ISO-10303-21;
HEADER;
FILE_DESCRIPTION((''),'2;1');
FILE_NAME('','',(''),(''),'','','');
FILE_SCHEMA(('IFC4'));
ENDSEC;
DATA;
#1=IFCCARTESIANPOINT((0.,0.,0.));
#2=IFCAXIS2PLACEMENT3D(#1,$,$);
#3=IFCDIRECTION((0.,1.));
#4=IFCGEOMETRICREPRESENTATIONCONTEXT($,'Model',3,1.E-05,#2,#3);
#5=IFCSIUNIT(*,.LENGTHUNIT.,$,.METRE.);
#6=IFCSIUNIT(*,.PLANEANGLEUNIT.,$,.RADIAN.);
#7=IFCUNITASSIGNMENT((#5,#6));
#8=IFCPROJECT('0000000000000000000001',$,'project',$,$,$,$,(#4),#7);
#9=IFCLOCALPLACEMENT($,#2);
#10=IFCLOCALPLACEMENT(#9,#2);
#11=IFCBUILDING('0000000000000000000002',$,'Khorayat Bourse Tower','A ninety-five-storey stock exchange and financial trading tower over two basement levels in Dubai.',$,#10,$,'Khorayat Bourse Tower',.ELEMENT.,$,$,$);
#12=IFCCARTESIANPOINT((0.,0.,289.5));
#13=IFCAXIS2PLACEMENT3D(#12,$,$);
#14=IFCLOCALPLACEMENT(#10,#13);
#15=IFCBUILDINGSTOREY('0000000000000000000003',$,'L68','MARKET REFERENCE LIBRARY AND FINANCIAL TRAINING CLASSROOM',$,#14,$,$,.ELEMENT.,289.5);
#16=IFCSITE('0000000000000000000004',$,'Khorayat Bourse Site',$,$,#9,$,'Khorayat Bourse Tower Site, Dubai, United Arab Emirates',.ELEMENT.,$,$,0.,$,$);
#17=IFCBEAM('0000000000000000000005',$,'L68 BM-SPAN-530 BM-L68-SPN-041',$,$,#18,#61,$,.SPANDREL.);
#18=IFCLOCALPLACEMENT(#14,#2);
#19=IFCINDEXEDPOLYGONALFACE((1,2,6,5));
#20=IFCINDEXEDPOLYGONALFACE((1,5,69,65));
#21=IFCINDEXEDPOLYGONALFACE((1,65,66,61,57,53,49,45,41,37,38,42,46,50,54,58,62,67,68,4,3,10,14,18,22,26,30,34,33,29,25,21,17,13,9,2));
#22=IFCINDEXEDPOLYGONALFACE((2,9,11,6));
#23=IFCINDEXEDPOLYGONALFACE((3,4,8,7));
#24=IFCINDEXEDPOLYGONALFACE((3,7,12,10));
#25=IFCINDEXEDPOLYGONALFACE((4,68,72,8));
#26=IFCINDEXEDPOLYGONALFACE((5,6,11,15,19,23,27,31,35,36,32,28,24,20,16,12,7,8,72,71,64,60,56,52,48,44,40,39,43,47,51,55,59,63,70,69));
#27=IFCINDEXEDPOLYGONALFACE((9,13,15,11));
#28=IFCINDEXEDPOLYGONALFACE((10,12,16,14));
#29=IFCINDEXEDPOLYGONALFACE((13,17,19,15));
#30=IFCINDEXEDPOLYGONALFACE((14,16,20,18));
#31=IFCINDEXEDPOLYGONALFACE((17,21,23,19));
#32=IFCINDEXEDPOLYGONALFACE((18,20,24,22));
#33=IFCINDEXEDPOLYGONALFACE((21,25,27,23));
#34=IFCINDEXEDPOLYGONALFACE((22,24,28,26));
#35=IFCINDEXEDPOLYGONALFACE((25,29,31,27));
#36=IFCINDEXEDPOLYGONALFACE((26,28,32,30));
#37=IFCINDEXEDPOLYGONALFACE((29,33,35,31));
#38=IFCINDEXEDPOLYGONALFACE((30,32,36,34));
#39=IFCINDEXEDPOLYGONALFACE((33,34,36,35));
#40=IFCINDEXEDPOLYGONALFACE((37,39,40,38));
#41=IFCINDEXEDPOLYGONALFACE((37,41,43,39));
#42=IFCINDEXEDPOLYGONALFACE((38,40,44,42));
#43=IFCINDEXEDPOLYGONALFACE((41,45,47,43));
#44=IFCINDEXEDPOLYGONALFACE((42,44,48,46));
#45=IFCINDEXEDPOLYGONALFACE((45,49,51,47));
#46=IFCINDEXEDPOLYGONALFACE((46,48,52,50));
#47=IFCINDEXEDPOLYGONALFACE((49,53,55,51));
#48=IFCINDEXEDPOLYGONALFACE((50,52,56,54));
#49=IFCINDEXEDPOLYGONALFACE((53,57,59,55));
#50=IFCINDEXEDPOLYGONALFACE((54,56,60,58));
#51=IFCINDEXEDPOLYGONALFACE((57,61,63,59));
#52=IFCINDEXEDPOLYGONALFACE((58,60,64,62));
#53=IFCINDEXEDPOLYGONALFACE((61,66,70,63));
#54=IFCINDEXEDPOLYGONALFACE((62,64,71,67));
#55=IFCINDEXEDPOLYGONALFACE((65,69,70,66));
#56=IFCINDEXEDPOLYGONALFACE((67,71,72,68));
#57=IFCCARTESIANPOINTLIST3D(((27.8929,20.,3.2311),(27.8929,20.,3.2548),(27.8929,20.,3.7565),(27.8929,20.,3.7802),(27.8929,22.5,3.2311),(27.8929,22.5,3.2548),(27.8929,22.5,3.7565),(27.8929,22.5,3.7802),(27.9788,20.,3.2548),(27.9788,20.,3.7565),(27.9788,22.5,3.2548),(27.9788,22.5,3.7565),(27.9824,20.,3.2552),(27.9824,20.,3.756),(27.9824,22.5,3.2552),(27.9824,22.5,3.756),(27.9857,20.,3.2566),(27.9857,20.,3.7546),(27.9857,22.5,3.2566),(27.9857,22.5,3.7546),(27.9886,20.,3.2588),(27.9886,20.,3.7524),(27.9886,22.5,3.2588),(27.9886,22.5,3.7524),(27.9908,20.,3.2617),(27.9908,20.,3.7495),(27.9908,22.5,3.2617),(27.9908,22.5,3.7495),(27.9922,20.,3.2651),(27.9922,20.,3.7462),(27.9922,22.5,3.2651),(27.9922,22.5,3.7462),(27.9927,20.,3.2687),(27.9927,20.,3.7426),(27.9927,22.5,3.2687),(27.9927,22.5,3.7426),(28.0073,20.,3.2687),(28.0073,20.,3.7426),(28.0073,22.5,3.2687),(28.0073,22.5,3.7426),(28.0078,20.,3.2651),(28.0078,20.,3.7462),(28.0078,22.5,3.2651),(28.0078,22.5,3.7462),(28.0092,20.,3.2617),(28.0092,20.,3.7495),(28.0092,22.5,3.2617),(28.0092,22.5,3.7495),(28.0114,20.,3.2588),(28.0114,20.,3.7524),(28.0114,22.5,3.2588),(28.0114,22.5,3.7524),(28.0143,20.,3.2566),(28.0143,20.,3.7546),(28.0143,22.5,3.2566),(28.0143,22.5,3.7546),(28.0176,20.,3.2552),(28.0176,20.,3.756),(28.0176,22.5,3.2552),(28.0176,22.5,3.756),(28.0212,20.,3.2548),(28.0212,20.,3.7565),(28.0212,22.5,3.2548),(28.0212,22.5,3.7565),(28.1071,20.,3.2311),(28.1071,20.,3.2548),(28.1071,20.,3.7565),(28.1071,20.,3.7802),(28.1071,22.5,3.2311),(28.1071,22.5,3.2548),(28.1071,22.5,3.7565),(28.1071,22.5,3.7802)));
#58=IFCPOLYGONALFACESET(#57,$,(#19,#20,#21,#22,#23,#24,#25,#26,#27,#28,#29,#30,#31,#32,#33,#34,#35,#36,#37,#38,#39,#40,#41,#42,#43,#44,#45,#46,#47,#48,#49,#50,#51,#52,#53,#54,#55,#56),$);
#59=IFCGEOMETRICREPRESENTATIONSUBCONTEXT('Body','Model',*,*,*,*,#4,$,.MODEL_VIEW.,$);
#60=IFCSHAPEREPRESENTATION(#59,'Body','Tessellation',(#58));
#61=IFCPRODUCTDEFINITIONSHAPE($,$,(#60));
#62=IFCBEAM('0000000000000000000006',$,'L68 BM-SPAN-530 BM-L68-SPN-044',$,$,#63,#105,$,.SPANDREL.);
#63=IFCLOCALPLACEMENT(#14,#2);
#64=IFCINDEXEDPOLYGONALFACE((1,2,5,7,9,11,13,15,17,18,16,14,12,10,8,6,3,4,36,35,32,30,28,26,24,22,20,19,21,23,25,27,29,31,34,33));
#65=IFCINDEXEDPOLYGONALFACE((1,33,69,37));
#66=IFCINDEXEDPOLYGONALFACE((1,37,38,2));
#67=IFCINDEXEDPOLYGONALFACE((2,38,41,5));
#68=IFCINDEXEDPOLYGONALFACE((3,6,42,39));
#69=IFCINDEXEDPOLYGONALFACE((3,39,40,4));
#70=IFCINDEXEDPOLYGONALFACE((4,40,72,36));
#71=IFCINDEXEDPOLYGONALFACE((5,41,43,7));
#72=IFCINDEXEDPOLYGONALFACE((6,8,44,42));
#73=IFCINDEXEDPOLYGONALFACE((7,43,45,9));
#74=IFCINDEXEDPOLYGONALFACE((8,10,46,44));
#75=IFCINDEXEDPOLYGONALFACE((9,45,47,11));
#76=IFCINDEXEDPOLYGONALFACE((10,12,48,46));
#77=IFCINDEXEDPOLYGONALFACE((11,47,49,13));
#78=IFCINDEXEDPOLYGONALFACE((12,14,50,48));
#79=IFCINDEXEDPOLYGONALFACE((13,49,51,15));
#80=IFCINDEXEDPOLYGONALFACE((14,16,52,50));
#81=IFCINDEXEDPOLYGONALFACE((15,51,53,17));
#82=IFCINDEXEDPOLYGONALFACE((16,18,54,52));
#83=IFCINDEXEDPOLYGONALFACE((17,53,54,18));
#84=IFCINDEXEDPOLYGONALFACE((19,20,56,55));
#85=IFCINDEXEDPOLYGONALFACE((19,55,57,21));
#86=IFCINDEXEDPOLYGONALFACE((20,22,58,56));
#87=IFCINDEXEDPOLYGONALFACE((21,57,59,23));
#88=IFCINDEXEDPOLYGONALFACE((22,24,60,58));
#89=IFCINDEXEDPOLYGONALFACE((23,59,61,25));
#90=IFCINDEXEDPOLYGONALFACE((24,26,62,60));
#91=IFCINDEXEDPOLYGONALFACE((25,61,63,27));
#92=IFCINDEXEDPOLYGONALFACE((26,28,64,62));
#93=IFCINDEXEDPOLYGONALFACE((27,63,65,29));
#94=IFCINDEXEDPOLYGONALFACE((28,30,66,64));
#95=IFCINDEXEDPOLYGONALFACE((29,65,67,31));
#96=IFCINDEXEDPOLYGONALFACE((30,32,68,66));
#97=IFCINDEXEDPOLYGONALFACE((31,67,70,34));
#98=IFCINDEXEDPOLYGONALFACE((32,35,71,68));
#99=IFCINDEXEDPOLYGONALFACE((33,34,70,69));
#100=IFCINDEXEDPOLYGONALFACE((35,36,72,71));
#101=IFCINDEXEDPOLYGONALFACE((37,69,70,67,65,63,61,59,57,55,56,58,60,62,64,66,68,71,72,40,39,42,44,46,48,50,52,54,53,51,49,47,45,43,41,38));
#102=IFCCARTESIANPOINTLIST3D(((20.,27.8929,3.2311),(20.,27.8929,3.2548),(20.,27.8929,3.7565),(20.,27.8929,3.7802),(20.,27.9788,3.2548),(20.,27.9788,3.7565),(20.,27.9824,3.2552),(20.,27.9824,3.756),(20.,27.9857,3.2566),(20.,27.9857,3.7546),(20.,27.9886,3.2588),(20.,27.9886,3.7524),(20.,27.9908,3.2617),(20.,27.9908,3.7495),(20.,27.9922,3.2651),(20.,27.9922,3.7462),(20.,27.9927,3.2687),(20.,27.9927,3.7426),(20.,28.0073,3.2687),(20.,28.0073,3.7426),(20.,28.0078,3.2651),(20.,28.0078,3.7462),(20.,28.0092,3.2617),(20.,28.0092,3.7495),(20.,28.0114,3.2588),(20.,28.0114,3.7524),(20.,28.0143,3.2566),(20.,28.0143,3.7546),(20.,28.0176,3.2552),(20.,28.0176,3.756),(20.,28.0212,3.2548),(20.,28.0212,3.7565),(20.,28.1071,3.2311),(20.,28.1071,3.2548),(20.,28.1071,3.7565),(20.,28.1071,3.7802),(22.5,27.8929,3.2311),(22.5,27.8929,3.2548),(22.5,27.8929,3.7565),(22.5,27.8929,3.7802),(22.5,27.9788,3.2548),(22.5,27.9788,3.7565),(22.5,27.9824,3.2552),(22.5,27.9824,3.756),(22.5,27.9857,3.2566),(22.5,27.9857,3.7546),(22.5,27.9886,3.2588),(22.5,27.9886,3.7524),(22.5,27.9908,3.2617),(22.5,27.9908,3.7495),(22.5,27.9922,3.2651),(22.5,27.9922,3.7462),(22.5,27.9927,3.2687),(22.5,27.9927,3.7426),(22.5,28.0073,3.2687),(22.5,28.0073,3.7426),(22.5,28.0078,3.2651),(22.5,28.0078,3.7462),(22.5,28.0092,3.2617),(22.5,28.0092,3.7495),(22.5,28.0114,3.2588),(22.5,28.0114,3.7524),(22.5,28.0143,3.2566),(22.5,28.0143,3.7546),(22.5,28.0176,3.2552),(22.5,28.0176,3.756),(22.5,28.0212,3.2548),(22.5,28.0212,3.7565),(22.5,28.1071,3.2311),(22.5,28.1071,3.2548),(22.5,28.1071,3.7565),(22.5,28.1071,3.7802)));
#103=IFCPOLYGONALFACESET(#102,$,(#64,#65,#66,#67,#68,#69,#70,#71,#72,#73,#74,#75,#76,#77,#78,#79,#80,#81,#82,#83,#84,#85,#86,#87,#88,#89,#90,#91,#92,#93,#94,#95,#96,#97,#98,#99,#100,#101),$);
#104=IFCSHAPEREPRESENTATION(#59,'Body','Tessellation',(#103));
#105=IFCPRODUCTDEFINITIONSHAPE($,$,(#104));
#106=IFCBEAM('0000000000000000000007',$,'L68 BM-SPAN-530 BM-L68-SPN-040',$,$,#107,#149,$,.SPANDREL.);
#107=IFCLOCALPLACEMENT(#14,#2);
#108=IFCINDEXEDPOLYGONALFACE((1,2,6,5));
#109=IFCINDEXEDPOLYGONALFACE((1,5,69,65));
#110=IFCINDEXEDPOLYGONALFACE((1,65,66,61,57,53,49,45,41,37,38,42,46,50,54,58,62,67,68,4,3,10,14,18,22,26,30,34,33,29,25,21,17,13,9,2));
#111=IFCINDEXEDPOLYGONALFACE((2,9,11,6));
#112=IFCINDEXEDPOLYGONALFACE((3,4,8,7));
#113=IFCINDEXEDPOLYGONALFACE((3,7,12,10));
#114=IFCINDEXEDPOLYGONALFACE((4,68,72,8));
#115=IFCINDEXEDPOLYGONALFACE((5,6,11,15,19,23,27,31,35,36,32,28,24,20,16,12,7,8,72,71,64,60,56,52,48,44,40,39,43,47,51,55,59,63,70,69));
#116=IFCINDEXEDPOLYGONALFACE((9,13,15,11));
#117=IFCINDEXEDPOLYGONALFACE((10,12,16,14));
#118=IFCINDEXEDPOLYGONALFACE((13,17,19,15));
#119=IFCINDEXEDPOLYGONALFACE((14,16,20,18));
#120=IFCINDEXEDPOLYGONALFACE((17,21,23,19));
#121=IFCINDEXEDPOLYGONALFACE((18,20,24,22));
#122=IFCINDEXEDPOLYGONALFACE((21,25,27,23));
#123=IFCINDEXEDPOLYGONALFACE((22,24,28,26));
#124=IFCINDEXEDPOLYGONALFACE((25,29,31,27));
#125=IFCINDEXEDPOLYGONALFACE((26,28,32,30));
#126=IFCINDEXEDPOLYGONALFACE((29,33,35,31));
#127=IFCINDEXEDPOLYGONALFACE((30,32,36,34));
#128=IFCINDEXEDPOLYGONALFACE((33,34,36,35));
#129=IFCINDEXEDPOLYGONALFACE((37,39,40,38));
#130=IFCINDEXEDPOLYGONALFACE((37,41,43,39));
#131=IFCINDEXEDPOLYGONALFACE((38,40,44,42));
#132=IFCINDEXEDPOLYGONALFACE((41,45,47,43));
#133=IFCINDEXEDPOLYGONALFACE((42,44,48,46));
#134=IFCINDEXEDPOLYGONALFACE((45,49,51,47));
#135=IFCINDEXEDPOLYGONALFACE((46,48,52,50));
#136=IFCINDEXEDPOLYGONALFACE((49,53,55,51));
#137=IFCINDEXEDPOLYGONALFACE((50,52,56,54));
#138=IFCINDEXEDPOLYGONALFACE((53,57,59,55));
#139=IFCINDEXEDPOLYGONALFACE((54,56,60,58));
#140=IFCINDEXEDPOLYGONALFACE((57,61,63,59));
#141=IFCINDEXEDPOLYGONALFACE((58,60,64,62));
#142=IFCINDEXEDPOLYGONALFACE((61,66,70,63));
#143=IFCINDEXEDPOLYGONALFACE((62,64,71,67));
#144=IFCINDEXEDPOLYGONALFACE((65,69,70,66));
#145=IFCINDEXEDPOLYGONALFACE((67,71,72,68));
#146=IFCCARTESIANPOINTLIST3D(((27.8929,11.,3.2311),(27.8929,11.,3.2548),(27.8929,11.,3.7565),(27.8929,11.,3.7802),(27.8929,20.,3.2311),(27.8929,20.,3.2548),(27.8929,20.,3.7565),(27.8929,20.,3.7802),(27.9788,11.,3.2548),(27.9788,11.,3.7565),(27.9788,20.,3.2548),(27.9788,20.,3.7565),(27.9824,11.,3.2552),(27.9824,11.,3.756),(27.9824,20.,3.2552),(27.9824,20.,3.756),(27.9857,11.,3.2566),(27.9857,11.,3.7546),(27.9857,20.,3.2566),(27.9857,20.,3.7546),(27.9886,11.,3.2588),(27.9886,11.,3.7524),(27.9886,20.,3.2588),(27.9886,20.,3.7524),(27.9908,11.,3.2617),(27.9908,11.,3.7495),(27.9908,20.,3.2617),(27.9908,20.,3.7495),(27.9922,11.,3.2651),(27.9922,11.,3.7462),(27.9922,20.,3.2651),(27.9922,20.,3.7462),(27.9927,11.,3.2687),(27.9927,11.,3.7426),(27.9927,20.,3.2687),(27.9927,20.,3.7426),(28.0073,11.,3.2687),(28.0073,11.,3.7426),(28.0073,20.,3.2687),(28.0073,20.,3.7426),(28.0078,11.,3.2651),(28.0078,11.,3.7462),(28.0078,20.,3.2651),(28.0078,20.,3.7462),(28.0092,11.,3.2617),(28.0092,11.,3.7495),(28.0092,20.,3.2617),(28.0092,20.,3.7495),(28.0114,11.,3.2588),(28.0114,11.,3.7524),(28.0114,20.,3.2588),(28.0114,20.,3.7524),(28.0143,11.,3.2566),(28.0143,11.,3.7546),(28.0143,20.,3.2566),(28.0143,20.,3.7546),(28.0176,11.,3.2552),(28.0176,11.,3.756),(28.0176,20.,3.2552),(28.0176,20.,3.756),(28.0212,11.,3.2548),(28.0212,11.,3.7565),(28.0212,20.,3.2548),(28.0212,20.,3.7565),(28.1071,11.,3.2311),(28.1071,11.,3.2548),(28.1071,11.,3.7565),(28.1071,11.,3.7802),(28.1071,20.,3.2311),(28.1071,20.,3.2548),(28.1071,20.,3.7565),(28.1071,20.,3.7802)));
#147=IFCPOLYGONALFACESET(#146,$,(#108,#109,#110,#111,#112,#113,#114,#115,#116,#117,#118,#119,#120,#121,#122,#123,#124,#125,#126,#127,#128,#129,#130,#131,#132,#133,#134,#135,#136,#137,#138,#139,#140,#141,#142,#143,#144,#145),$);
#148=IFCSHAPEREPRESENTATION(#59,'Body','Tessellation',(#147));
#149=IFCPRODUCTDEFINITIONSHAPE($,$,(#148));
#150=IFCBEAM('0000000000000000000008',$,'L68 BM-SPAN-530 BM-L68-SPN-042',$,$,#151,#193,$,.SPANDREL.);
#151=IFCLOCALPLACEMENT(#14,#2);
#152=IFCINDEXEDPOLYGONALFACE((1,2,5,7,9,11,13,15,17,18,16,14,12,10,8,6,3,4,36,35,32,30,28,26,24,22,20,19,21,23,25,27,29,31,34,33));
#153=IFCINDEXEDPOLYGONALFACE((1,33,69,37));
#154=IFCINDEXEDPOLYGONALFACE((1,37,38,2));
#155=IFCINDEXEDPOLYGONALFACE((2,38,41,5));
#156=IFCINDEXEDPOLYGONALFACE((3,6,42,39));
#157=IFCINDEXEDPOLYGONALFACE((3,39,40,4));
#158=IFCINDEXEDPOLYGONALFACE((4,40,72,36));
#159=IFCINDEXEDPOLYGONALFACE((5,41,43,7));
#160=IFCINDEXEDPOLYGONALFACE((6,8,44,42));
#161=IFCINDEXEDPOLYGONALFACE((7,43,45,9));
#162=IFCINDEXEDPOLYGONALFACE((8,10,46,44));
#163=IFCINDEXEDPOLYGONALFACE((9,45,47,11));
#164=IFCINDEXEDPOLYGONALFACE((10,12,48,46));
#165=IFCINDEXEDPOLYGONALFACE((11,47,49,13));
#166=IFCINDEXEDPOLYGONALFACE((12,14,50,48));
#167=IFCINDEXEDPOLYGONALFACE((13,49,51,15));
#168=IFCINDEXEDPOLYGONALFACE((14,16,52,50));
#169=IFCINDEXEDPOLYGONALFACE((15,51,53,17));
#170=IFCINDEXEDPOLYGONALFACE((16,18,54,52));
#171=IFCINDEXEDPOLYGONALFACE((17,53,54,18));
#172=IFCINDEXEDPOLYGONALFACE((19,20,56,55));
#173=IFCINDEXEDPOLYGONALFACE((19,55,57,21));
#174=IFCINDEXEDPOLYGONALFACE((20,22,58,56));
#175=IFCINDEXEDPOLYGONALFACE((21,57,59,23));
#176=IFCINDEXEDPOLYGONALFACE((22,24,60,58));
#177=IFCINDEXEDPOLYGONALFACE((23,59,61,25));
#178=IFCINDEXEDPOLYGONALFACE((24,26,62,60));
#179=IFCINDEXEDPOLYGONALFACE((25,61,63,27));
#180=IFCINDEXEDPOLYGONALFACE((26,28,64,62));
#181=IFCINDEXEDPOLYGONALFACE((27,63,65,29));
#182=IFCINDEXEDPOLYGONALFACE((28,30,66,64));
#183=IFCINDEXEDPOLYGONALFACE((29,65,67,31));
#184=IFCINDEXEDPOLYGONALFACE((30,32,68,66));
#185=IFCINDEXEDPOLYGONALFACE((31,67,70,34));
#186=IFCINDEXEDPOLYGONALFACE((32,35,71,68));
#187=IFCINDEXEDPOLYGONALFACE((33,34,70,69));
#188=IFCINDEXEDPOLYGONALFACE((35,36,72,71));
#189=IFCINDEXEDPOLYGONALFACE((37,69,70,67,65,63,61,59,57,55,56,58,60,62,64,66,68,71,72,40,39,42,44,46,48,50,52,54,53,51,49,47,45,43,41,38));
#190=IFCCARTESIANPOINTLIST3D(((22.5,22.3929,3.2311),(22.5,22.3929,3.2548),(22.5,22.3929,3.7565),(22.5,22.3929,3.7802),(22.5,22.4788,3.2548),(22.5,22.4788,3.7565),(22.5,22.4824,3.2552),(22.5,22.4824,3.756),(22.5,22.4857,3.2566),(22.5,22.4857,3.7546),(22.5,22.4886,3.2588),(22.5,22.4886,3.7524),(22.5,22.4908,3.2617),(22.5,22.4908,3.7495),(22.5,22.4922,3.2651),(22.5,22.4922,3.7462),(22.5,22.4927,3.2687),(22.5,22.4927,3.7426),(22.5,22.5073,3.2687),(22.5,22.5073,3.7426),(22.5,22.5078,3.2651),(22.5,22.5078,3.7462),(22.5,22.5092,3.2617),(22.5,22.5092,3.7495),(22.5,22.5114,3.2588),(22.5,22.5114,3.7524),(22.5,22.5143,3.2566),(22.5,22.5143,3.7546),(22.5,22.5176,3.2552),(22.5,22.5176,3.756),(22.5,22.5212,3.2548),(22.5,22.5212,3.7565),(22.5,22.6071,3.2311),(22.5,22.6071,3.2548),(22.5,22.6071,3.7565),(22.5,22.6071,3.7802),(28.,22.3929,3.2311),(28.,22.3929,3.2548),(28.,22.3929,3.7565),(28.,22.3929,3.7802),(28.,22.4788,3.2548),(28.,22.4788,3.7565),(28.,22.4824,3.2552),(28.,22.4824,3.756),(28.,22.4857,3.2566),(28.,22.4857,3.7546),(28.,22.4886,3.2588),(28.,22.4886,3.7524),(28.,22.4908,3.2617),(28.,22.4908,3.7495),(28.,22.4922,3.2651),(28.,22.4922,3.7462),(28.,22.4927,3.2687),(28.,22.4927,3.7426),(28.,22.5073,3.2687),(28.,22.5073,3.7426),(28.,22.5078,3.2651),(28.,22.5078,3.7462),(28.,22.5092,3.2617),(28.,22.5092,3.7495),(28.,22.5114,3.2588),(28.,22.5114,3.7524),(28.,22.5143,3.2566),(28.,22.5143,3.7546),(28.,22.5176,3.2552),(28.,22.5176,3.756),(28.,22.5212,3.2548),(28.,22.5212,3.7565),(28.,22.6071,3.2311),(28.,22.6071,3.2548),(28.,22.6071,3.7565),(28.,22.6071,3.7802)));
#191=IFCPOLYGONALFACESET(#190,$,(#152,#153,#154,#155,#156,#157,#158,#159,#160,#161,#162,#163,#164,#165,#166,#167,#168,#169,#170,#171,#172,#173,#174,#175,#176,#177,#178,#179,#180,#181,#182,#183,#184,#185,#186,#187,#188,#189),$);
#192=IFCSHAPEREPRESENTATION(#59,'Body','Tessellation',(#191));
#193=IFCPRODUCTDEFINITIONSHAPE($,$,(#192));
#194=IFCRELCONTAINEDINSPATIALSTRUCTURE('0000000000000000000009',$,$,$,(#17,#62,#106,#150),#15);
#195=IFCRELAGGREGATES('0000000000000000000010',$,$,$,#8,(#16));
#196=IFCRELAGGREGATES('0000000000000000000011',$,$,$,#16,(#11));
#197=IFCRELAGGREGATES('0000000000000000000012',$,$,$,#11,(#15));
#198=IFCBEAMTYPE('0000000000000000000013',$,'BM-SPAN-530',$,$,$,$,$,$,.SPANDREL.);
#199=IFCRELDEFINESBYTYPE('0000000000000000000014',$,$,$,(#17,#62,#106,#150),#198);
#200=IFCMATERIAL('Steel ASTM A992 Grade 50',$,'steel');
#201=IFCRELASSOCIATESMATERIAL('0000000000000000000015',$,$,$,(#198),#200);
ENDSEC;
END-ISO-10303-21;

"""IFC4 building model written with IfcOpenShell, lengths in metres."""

from ifc_helpers import new_model, si_unit, direction, frame, origin, origin_2d, place, context, subcontext, project, spatial, i_section, extrude, source, transform, mapped, material, material_profile, profile_set, type_object, element, save


model = new_model("IFC4")

# Units and contexts
model_context = context("Model", 3, precision=1e-05, world=origin(), true_north=direction((0.0, 1.0)))
body_context = subcontext(model_context, "Body", "Model", "MODEL_VIEW")
ifc_project = project(units=[si_unit("LENGTHUNIT", "METRE"), si_unit("PLANEANGLEUNIT", "RADIAN")], contexts=[model_context])

# Site, building, storey
site_placement = place(None, origin())
site = spatial("IfcSite", under=ifc_project, at=site_placement, Name="Khorayat Bourse Site", LongName="Khorayat Bourse Tower Site, Dubai, United Arab Emirates", CompositionType="ELEMENT", RefElevation=0.0)
building_placement = place(site_placement, origin())
building = spatial("IfcBuilding", under=site, at=building_placement, Name="Khorayat Bourse Tower", Description="A ninety-five-storey stock exchange and financial trading tower over two basement levels in Dubai.", LongName="Khorayat Bourse Tower", CompositionType="ELEMENT")
storey_placement = place(building_placement, frame((0.0, 0.0, 289.5)))
storey = spatial("IfcBuildingStorey", under=building, at=storey_placement, Name="L68", Description="MARKET REFERENCE LIBRARY AND FINANCIAL TRAINING CLASSROOM", CompositionType="ELEMENT", Elevation=289.5)

# Beams
ifc_material_1 = material(Name="Steel ASTM A992 Grade 50", Category="steel")
ifc_material_profile_1 = material_profile(ifc_material_1, i_section(OverallWidth=0.2141, OverallDepth=0.5491, WebThickness=0.0146, FlangeThickness=0.0237, FilletRadius=0.0139, at=origin_2d()), Name="W530X138")
ifc_profile_set_1 = profile_set([ifc_material_profile_1], Name="Steel ASTM A992 Grade 50")
beam_type_1 = type_object("IfcBeamType", Name="BM-SPAN-530", PredefinedType="SPANDREL", material=ifc_profile_set_1)
shared_shape_1 = source(origin(), body_context, "Body", "SweptSolid", [
    extrude(i_section(OverallWidth=0.2141, OverallDepth=0.5491, WebThickness=0.0146, FlangeThickness=0.0237, FilletRadius=0.0139, at=origin_2d()), origin(), (0.0, 0.0, 1.0), 2.5),
])
for number, where, z_axis, x_axis, name in (
    (1, (28.0, 20.0, 3.5056), (0.0, 1.0, 0.0), (-1.0, 0.0, 0.0), "L68 BM-SPAN-530 BM-L68-SPN-041"),
    (2, (20.0, 28.0, 3.5056), (1.0, 0.0, 0.0), (0.0, 1.0, 0.0), "L68 BM-SPAN-530 BM-L68-SPN-044"),
):
    element("IfcBeam", number, at=place(storey_placement, frame(where, z_axis=z_axis, x_axis=x_axis)), inside=storey, type_object=beam_type_1, Name=name, PredefinedType="SPANDREL", context=body_context, shape_type="MappedRepresentation", body=[
        mapped(shared_shape_1, transform((0.0, 0.0, 0.0), scale=1.0)),
    ])
shared_shape_2 = source(origin(), body_context, "Body", "SweptSolid", [
    extrude(i_section(OverallWidth=0.2141, OverallDepth=0.5491, WebThickness=0.0146, FlangeThickness=0.0237, FilletRadius=0.0139, at=origin_2d()), origin(), (0.0, 0.0, 1.0), 9.0),
])
beam_1_placement = place(storey_placement, frame((28.0, 11.0, 3.5056), z_axis=(0.0, 1.0, 0.0), x_axis=(-1.0, 0.0, 0.0)))
element("IfcBeam", 3, at=beam_1_placement, inside=storey, type_object=beam_type_1, Name="L68 BM-SPAN-530 BM-L68-SPN-040", PredefinedType="SPANDREL", context=body_context, shape_type="MappedRepresentation", body=[
    mapped(shared_shape_2, transform((0.0, 0.0, 0.0), scale=1.0)),
])
shared_shape_3 = source(origin(), body_context, "Body", "SweptSolid", [
    extrude(i_section(OverallWidth=0.2141, OverallDepth=0.5491, WebThickness=0.0146, FlangeThickness=0.0237, FilletRadius=0.0139, at=origin_2d()), origin(), (0.0, 0.0, 1.0), 5.5),
])
for number, where, z_axis, x_axis, name in (
    (4, (22.5, 22.5, 3.5056), (1.0, 0.0, 0.0), (0.0, 1.0, 0.0), "L68 BM-SPAN-530 BM-L68-SPN-042"),
):
    element("IfcBeam", number, at=place(storey_placement, frame(where, z_axis=z_axis, x_axis=x_axis)), inside=storey, type_object=beam_type_1, Name=name, PredefinedType="SPANDREL", context=body_context, shape_type="MappedRepresentation", body=[
        mapped(shared_shape_3, transform((0.0, 0.0, 0.0), scale=1.0)),
    ])

save(model, "model.ifc")
